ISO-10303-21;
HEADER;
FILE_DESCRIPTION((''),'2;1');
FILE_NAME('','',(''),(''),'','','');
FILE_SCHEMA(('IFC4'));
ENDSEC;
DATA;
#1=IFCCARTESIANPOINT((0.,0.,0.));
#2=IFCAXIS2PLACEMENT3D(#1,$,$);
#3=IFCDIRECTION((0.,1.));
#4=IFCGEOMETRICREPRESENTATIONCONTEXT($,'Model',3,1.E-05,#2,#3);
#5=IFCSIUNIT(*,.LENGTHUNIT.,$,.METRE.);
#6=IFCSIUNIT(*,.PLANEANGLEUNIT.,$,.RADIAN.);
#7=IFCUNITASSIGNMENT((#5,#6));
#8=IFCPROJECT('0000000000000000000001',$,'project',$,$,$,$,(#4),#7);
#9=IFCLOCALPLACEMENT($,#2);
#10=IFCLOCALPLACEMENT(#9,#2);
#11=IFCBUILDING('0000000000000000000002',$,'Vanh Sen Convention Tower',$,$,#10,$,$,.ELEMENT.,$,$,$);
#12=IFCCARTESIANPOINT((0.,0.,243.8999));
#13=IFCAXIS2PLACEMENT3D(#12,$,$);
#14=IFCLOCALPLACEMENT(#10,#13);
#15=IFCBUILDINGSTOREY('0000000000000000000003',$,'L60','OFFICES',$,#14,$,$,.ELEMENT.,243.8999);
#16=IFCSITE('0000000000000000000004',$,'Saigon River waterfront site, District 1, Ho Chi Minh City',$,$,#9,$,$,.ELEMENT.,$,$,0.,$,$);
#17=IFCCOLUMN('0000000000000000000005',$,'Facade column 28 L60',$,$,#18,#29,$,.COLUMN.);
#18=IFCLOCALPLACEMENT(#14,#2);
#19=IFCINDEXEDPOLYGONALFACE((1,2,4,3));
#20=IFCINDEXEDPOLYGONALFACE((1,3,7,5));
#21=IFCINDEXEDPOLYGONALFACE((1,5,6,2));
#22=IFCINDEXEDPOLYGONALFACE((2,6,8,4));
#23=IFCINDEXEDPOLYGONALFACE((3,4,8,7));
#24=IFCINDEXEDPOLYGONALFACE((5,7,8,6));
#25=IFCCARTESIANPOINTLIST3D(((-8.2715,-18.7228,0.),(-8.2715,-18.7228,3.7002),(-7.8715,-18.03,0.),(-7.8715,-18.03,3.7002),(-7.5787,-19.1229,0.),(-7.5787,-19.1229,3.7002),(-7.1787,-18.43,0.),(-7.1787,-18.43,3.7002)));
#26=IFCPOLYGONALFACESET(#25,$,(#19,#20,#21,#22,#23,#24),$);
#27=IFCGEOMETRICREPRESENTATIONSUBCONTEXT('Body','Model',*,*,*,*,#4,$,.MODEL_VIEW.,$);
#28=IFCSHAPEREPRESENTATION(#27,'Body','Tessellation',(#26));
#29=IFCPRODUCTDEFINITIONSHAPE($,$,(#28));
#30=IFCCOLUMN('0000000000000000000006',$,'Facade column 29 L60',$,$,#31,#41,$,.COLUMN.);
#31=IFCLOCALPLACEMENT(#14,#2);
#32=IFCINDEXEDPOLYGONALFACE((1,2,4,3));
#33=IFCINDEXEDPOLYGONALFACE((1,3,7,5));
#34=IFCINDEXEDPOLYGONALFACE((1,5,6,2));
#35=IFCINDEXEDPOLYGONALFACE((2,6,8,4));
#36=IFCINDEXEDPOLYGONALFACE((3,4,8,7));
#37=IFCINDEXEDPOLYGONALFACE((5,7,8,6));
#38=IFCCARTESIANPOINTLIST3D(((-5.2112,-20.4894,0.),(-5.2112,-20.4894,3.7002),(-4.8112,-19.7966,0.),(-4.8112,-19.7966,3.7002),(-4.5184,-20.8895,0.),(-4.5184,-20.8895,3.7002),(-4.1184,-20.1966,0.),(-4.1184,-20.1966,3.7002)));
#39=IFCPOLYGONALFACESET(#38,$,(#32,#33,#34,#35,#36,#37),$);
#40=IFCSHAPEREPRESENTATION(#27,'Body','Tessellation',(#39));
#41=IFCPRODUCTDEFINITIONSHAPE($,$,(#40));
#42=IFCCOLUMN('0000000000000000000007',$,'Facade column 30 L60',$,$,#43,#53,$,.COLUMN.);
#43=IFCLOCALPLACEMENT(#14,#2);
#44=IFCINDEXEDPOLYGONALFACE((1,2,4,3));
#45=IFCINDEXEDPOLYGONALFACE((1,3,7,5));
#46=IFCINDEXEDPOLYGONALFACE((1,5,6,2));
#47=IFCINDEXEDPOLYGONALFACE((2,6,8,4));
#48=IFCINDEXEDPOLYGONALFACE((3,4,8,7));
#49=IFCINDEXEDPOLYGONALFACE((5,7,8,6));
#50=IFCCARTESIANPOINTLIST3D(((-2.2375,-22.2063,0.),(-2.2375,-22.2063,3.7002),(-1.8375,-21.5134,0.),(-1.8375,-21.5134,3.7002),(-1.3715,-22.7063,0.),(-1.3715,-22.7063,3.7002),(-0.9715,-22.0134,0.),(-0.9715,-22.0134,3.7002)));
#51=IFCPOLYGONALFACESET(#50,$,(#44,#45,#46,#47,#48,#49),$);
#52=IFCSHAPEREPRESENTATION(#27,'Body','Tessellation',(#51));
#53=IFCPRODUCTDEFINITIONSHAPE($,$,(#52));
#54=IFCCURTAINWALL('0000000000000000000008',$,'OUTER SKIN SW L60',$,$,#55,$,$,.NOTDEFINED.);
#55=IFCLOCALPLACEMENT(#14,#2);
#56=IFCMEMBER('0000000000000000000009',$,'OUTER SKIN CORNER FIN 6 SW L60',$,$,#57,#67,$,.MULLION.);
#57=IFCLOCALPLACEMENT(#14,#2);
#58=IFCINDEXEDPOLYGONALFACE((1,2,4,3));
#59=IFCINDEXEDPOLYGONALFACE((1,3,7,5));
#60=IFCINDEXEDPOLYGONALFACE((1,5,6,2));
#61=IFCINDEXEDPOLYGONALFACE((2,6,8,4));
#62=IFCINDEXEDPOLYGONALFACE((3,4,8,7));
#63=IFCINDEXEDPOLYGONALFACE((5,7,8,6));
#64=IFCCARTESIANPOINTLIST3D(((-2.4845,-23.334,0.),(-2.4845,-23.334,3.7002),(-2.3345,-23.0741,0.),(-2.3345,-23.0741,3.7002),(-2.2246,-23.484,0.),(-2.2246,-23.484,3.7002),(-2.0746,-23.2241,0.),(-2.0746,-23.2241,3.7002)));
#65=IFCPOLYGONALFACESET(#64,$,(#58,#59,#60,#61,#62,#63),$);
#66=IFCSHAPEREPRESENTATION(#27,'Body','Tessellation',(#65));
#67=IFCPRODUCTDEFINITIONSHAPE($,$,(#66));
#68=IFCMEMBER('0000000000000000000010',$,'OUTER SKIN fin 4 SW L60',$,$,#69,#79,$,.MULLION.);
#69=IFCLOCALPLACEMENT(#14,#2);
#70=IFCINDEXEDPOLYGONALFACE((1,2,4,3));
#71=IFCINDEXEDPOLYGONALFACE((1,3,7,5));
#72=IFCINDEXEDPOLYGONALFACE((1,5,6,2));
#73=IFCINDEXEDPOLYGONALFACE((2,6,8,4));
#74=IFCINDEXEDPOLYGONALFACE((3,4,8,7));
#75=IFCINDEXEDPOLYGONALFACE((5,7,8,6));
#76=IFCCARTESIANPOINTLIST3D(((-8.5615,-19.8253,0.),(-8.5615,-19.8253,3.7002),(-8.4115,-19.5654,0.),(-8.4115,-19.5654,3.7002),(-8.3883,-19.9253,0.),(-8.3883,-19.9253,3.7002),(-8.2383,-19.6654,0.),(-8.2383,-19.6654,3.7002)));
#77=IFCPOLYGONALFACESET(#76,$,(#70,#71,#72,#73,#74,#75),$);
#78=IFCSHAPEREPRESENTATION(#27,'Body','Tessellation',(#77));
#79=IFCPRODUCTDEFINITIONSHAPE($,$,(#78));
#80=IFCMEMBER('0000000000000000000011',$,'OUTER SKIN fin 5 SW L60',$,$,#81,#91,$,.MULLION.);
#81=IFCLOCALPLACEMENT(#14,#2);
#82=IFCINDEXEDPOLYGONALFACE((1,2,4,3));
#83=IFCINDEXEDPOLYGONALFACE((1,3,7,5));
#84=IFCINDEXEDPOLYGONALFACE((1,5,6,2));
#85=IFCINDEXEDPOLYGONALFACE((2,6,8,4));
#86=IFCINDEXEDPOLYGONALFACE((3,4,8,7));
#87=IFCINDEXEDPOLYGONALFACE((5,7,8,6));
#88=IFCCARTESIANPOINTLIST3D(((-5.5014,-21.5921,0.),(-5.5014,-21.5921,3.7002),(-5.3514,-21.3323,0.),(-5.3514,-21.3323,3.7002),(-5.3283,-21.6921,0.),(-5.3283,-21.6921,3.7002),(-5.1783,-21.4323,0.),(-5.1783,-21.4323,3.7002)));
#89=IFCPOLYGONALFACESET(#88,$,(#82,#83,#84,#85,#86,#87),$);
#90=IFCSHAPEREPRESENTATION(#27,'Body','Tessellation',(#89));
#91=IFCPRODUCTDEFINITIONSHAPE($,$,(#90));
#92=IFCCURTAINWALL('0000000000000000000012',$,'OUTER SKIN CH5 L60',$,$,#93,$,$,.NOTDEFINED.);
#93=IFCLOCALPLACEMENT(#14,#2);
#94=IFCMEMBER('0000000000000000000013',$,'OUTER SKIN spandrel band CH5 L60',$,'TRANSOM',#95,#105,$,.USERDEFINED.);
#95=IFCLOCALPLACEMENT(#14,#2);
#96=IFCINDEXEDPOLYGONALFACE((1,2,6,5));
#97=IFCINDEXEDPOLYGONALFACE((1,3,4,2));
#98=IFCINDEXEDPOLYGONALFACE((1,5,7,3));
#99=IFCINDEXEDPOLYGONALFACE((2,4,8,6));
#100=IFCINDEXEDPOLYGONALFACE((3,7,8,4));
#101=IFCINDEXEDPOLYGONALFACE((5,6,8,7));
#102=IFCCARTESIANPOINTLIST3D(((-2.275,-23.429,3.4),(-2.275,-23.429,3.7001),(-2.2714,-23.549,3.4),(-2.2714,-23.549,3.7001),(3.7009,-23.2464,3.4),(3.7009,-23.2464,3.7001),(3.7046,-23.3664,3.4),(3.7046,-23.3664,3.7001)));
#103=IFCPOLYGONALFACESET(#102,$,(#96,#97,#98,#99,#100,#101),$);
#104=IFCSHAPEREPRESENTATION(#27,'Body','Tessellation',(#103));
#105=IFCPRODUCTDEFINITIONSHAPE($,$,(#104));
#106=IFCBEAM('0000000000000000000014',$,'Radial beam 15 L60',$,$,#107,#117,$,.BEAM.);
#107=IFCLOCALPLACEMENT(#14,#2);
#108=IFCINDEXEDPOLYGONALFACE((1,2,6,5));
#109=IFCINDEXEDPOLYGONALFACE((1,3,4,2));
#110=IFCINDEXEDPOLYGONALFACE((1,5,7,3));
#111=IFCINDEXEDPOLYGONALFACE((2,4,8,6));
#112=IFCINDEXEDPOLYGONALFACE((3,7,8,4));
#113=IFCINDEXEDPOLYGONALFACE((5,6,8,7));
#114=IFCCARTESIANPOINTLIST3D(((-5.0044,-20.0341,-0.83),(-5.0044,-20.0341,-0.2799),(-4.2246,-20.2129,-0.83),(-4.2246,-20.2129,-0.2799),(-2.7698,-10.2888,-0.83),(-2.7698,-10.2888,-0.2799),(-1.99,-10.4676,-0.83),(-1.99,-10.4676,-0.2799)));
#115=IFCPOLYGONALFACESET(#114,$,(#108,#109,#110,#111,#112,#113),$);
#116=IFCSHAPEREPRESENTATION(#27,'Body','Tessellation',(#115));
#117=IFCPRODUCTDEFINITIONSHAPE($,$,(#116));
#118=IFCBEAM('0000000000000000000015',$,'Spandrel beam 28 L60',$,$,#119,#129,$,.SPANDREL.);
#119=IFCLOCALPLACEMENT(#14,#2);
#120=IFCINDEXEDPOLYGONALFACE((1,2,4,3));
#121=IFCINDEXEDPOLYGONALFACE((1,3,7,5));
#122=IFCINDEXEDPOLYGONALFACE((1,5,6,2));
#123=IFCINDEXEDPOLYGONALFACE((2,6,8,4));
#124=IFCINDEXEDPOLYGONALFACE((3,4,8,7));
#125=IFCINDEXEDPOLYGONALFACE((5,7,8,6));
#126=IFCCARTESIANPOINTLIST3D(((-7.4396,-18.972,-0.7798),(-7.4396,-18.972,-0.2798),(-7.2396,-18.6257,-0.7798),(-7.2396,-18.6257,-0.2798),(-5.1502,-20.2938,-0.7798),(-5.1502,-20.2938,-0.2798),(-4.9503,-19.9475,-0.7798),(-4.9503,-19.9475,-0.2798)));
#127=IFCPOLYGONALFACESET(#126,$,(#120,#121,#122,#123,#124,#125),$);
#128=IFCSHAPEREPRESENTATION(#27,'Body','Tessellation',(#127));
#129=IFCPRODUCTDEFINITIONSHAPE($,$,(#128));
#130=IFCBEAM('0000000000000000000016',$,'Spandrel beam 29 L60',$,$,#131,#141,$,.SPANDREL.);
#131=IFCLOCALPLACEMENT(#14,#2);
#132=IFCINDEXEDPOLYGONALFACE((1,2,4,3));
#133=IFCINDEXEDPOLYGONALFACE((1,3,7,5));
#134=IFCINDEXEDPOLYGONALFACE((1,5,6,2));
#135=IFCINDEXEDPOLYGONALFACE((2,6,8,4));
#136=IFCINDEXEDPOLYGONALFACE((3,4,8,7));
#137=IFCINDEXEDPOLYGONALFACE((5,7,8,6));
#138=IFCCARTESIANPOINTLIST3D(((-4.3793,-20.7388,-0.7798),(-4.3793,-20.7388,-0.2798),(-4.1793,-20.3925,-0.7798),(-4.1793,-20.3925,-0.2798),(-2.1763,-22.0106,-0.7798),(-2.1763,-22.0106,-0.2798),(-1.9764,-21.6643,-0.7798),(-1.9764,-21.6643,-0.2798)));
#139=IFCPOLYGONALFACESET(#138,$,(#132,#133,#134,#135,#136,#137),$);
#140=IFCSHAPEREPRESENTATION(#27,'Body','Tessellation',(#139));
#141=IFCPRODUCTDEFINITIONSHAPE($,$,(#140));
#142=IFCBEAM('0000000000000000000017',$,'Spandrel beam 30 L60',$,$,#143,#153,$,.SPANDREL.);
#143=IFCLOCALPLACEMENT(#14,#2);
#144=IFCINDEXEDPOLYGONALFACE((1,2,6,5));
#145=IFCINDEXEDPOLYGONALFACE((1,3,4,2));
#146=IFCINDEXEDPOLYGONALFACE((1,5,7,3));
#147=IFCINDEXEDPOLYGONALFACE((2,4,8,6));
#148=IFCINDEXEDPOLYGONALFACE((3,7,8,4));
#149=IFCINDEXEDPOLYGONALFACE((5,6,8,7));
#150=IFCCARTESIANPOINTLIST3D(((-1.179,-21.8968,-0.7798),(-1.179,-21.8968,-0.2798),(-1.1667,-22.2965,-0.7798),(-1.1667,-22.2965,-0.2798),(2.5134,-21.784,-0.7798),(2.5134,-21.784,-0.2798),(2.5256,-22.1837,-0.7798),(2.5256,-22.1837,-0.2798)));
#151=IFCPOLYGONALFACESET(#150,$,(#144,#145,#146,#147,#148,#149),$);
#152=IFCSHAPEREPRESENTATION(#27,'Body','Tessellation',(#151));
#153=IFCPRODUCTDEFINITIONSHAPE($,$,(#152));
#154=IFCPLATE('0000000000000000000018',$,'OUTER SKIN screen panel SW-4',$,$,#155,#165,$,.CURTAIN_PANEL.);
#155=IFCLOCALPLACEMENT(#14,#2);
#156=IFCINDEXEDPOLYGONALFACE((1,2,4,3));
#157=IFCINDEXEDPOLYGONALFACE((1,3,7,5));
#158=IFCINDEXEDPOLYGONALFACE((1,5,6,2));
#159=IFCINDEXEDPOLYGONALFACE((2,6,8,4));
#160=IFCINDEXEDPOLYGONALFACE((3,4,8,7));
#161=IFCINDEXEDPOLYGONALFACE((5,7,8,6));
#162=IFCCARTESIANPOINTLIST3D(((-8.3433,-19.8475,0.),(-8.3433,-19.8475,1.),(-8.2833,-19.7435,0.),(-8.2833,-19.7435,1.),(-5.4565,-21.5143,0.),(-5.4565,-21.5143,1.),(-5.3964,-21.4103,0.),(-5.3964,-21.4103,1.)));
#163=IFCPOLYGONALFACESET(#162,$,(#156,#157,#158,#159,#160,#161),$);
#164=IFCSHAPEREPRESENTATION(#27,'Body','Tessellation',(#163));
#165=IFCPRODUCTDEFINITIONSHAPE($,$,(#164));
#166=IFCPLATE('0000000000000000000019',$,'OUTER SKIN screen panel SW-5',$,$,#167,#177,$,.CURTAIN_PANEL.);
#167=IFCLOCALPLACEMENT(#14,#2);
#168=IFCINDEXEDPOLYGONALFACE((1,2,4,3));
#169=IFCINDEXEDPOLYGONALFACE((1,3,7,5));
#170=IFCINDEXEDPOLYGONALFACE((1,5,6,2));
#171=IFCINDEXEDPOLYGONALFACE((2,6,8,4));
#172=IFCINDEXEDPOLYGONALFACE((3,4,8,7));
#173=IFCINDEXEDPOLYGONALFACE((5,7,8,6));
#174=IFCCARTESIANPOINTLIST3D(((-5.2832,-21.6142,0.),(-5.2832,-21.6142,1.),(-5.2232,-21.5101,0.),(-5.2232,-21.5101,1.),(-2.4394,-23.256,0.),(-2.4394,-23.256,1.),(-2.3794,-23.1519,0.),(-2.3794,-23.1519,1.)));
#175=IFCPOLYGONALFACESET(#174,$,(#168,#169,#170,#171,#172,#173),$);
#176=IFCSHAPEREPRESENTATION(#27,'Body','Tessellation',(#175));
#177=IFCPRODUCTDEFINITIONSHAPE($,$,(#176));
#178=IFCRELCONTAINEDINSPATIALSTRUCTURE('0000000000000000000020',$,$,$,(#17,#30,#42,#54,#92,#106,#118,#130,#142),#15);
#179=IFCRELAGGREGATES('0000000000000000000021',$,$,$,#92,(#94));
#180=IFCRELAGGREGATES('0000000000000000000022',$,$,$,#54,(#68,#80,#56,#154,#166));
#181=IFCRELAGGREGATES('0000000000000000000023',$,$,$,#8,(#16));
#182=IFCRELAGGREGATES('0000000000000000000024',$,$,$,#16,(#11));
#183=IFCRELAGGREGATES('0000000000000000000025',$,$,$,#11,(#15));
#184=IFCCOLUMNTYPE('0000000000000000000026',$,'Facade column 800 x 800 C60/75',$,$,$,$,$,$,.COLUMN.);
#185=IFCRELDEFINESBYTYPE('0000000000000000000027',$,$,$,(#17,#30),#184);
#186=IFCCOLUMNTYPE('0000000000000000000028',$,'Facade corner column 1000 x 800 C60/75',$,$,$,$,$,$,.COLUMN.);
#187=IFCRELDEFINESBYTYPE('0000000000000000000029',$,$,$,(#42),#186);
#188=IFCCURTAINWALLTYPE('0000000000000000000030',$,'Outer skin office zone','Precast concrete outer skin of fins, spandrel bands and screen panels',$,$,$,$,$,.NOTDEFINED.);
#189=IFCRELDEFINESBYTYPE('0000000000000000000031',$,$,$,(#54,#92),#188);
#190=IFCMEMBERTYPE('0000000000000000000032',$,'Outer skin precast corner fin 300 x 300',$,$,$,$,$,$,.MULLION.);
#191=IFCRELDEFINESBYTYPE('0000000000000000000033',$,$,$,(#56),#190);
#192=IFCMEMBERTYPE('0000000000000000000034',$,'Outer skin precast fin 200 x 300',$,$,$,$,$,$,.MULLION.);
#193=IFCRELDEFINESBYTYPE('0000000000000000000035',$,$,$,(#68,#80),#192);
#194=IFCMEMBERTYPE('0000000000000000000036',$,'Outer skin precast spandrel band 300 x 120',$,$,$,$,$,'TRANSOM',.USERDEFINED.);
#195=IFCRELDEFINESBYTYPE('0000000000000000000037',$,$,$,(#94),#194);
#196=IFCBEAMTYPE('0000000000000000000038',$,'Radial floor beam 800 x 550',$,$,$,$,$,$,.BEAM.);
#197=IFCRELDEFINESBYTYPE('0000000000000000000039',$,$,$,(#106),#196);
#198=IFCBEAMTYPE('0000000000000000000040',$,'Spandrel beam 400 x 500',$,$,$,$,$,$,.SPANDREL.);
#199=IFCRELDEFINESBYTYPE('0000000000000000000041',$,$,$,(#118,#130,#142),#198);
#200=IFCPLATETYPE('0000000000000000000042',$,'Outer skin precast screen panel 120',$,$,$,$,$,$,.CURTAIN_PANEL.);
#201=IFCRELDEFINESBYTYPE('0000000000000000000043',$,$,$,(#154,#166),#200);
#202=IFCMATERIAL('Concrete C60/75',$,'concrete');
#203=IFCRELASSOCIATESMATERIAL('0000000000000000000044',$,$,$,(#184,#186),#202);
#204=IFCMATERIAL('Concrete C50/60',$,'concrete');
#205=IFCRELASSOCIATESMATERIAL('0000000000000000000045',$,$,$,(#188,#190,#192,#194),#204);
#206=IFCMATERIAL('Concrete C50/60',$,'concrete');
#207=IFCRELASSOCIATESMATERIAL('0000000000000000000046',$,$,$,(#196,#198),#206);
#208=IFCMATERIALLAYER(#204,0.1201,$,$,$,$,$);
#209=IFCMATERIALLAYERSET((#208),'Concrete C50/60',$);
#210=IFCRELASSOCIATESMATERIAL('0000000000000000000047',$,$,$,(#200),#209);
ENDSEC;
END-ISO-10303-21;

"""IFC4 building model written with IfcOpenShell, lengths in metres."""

from ifc_helpers import new_model, si_unit, direction, frame, origin, origin_2d, place, context, subcontext, project, spatial, rectangle, extrude, material, layer, layer_set, material_profile, profile_set, type_object, element, aggregate, save


model = new_model("IFC4")

# Units and contexts
model_context = context("Model", 3, precision=1e-05, world=origin(), true_north=direction((0.0, 1.0)))
body_context = subcontext(model_context, "Body", "Model", "MODEL_VIEW")
ifc_project = project(units=[si_unit("LENGTHUNIT", "METRE"), si_unit("PLANEANGLEUNIT", "RADIAN")], contexts=[model_context])

# Site, building, storey
site_placement = place(None, origin())
site = spatial("IfcSite", under=ifc_project, at=site_placement, Name="Saigon River waterfront site, District 1, Ho Chi Minh City", CompositionType="ELEMENT", RefElevation=0.0)
building_placement = place(site_placement, origin())
building = spatial("IfcBuilding", under=site, at=building_placement, Name="Vanh Sen Convention Tower", CompositionType="ELEMENT")
storey_placement = place(building_placement, frame((0.0, 0.0, 243.8999)))
storey = spatial("IfcBuildingStorey", under=building, at=storey_placement, Name="L60", Description="OFFICES", CompositionType="ELEMENT", Elevation=243.8999)

# Columns
ifc_material_1 = material(Name="Concrete C60/75", Category="concrete")
ifc_material_profile_1 = material_profile(ifc_material_1, rectangle(XDim=0.8, YDim=0.8, at=origin_2d()), Name="RC 800X800")
ifc_profile_set_1 = profile_set([ifc_material_profile_1], Name="Concrete C60/75")
column_type_1 = type_object("IfcColumnType", Name="Facade column 800 x 800 C60/75", PredefinedType="COLUMN", material=ifc_profile_set_1)
for number, where, z_axis, x_axis, name in (
    (1, (-7.7251, -18.5764, 0.0), (0.0, 0.0, 1.0), (0.866025, -0.5, 0.0), "Facade column 28 L60"),
    (2, (-4.6648, -20.343, 0.0), (0.0, 0.0, 1.0), (0.866025, -0.5, 0.0), "Facade column 29 L60"),
):
    element("IfcColumn", number, at=place(storey_placement, frame(where, z_axis=z_axis, x_axis=x_axis)), inside=storey, type_object=column_type_1, Name=name, PredefinedType="COLUMN", context=body_context, shape_type="SweptSolid", body=[
        extrude(rectangle(XDim=0.8, YDim=0.8, at=origin_2d()), origin(), (0.0, 0.0, 1.0), 3.7002),
    ])
ifc_material_profile_2 = material_profile(ifc_material_1, rectangle(XDim=1.0, YDim=0.8, at=origin_2d()), Name="RC 1000X800")
ifc_profile_set_2 = profile_set([ifc_material_profile_2], Name="Concrete C60/75")
column_type_2 = type_object("IfcColumnType", Name="Facade corner column 1000 x 800 C60/75", PredefinedType="COLUMN", material=ifc_profile_set_2)
column_placement = place(storey_placement, frame((-1.6045, -22.1099, 0.0), z_axis=(0.0, 0.0, 1.0), x_axis=(0.866025, -0.5, 0.0)))
element("IfcColumn", 3, at=column_placement, inside=storey, type_object=column_type_2, Name="Facade column 30 L60", PredefinedType="COLUMN", context=body_context, shape_type="SweptSolid", body=[
    extrude(rectangle(XDim=1.0, YDim=0.8, at=origin_2d()), origin(), (0.0, 0.0, 1.0), 3.7002),
])

# Curtain wall, members
ifc_material_2 = material(Name="Concrete C50/60", Category="concrete")
curtain_wall_type = type_object("IfcCurtainWallType", Name="Outer skin office zone", Description="Precast concrete outer skin of fins, spandrel bands and screen panels", PredefinedType="NOTDEFINED", material=ifc_material_2)
curtain_wall_1_placement = place(storey_placement, origin())
curtain_wall_1 = element("IfcCurtainWall", 4, at=curtain_wall_1_placement, inside=storey, type_object=curtain_wall_type, Name="OUTER SKIN SW L60", PredefinedType="NOTDEFINED")
ifc_material_profile_3 = material_profile(ifc_material_2, rectangle(XDim=0.3, YDim=0.3, at=origin_2d()), Name="Outer skin precast corner fin 300 x 300")
ifc_profile_set_3 = profile_set([ifc_material_profile_3], Name="Concrete C50/60")
member_type_1 = type_object("IfcMemberType", Name="Outer skin precast corner fin 300 x 300", PredefinedType="MULLION", material=ifc_profile_set_3)
member_1_placement = place(storey_placement, frame((-2.2795, -23.2791, 0.0), z_axis=(0.0, 0.0, 1.0), x_axis=(0.866025, -0.5, 0.0)))
member_1 = element("IfcMember", 5, at=member_1_placement, type_object=member_type_1, Name="OUTER SKIN CORNER FIN 6 SW L60", PredefinedType="MULLION", context=body_context, shape_type="SweptSolid", body=[
    extrude(rectangle(XDim=0.3, YDim=0.3, at=origin_2d()), origin(), (0.0, 0.0, 1.0), 3.7002),
])
ifc_material_profile_4 = material_profile(ifc_material_2, rectangle(XDim=0.2, YDim=0.3, at=origin_2d()), Name="Outer skin precast fin 200 x 300")
ifc_profile_set_4 = profile_set([ifc_material_profile_4], Name="Concrete C50/60")
member_type_2 = type_object("IfcMemberType", Name="Outer skin precast fin 200 x 300", PredefinedType="MULLION", material=ifc_profile_set_4)
member_2_placement = place(storey_placement, frame((-8.3999, -19.7454, 0.0), z_axis=(0.0, 0.0, 1.0), x_axis=(0.866025, -0.5, 0.0)))
member_2 = element("IfcMember", 6, at=member_2_placement, type_object=member_type_2, Name="OUTER SKIN fin 4 SW L60", PredefinedType="MULLION", context=body_context, shape_type="SweptSolid", body=[
    extrude(rectangle(XDim=0.2, YDim=0.3, at=origin_2d()), origin(), (0.0, 0.0, 1.0), 3.7002),
])
member_3_placement = place(storey_placement, frame((-5.3398, -21.5122, 0.0), z_axis=(0.0, 0.0, 1.0), x_axis=(0.866025, -0.5, 0.0)))
member_3 = element("IfcMember", 7, at=member_3_placement, type_object=member_type_2, Name="OUTER SKIN fin 5 SW L60", PredefinedType="MULLION", context=body_context, shape_type="SweptSolid", body=[
    extrude(rectangle(XDim=0.2, YDim=0.3, at=origin_2d()), origin(), (0.0, 0.0, 1.0), 3.7002),
])

# Curtain wall, member
curtain_wall_2_placement = place(storey_placement, origin())
curtain_wall_2 = element("IfcCurtainWall", 8, at=curtain_wall_2_placement, inside=storey, type_object=curtain_wall_type, Name="OUTER SKIN CH5 L60", PredefinedType="NOTDEFINED")
ifc_material_profile_5 = material_profile(ifc_material_2, rectangle(XDim=0.1201, YDim=0.3, at=origin_2d()), Name="Outer skin precast spandrel band 300 x 120")
ifc_profile_set_5 = profile_set([ifc_material_profile_5], Name="Concrete C50/60")
member_type_3 = type_object("IfcMemberType", Name="Outer skin precast spandrel band 300 x 120", ElementType="TRANSOM", PredefinedType="USERDEFINED", material=ifc_profile_set_5)
member_4_placement = place(storey_placement, frame((-2.2732, -23.489, 3.55), z_axis=(0.999533, 0.030544, 0.0), x_axis=(-0.030544, 0.999533, 0.0)))
member_4 = element("IfcMember", 9, at=member_4_placement, type_object=member_type_3, Name="OUTER SKIN spandrel band CH5 L60", ObjectType="TRANSOM", PredefinedType="USERDEFINED", context=body_context, shape_type="SweptSolid", body=[
    extrude(rectangle(XDim=0.1201, YDim=0.3, at=origin_2d()), origin(), (0.0, 0.0, 1.0), 5.9788),
])
aggregate(curtain_wall_2, [member_4])

# Beams
ifc_material_3 = material(Name="Concrete C50/60", Category="concrete")
ifc_material_profile_6 = material_profile(ifc_material_3, rectangle(XDim=0.8, YDim=0.55, at=origin_2d()), Name="RC 800X550")
ifc_profile_set_6 = profile_set([ifc_material_profile_6], Name="Concrete C50/60")
beam_type_1 = type_object("IfcBeamType", Name="Radial floor beam 800 x 550", PredefinedType="BEAM", material=ifc_profile_set_6)
beam_1_placement = place(storey_placement, frame((-4.6145, -20.1235, -0.5549), z_axis=(0.2235, 0.974704, 0.0), x_axis=(-0.974704, 0.2235, 0.0)))
element("IfcBeam", 10, at=beam_1_placement, inside=storey, type_object=beam_type_1, Name="Radial beam 15 L60", PredefinedType="BEAM", context=body_context, shape_type="SweptSolid", body=[
    extrude(rectangle(XDim=0.8, YDim=0.55, at=origin_2d()), origin(), (0.0, 0.0, 1.0), 9.9983),
])
ifc_material_profile_7 = material_profile(ifc_material_3, rectangle(XDim=0.3999, YDim=0.5, at=origin_2d()), Name="RC 400X500")
ifc_profile_set_7 = profile_set([ifc_material_profile_7], Name="Concrete C50/60")
beam_type_2 = type_object("IfcBeamType", Name="Spandrel beam 400 x 500", PredefinedType="SPANDREL", material=ifc_profile_set_7)
beam_2_placement = place(storey_placement, frame((-7.3396, -18.7988, -0.5298), z_axis=(0.866018, -0.500013, 0.0), x_axis=(0.500013, 0.866018, 0.0)))
element("IfcBeam", 11, at=beam_2_placement, inside=storey, type_object=beam_type_2, Name="Spandrel beam 28 L60", PredefinedType="SPANDREL", context=body_context, shape_type="SweptSolid", body=[
    extrude(rectangle(XDim=0.3999, YDim=0.5, at=origin_2d()), origin(), (0.0, 0.0, 1.0), 2.6436),
])
beam_3_placement = place(storey_placement, frame((-4.2793, -20.5657, -0.5298), z_axis=(0.866043, -0.499969, 0.0), x_axis=(0.499969, 0.866043, 0.0)))
element("IfcBeam", 12, at=beam_3_placement, inside=storey, type_object=beam_type_2, Name="Spandrel beam 29 L60", PredefinedType="SPANDREL", context=body_context, shape_type="SweptSolid", body=[
    extrude(rectangle(XDim=0.3999, YDim=0.5, at=origin_2d()), origin(), (0.0, 0.0, 1.0), 2.5437),
])
beam_4_placement = place(storey_placement, frame((-1.1729, -22.0967, -0.5298), z_axis=(0.999534, 0.030533, 0.0), x_axis=(-0.030533, 0.999534, 0.0)))
element("IfcBeam", 13, at=beam_4_placement, inside=storey, type_object=beam_type_2, Name="Spandrel beam 30 L60", PredefinedType="SPANDREL", context=body_context, shape_type="SweptSolid", body=[
    extrude(rectangle(XDim=0.3999, YDim=0.5, at=origin_2d()), origin(), (0.0, 0.0, 1.0), 3.6941),
])

# Plates
ifc_layer_1 = layer(ifc_material_2, 0.1201)
ifc_layer_set_1 = layer_set([ifc_layer_1], Name="Concrete C50/60")
plate_type = type_object("IfcPlateType", Name="Outer skin precast screen panel 120", PredefinedType="CURTAIN_PANEL", material=ifc_layer_set_1)
plate_1_placement = place(storey_placement, frame((-6.8699, -20.6289, 0.0), z_axis=(0.0, 0.0, 1.0), x_axis=(0.866026, -0.499998, 0.0)))
plate_1 = element("IfcPlate", 14, at=plate_1_placement, type_object=plate_type, Name="OUTER SKIN screen panel SW-4", PredefinedType="CURTAIN_PANEL", context=body_context, shape_type="SweptSolid", body=[
    extrude(rectangle(XDim=3.3335, YDim=0.1201, at=origin_2d()), origin(), (0.0, 0.0, 1.0), 1.0),
])
plate_2_placement = place(storey_placement, frame((-3.8313, -22.3831, 0.0), z_axis=(0.0, 0.0, 1.0), x_axis=(0.866033, -0.499986, 0.0)))
plate_2 = element("IfcPlate", 15, at=plate_2_placement, type_object=plate_type, Name="OUTER SKIN screen panel SW-5", PredefinedType="CURTAIN_PANEL", context=body_context, shape_type="SweptSolid", body=[
    extrude(rectangle(XDim=3.2837, YDim=0.1201, at=origin_2d()), origin(), (0.0, 0.0, 1.0), 1.0),
])
aggregate(curtain_wall_1, [member_2, member_3, member_1, plate_1, plate_2])

save(model, "model.ifc")
